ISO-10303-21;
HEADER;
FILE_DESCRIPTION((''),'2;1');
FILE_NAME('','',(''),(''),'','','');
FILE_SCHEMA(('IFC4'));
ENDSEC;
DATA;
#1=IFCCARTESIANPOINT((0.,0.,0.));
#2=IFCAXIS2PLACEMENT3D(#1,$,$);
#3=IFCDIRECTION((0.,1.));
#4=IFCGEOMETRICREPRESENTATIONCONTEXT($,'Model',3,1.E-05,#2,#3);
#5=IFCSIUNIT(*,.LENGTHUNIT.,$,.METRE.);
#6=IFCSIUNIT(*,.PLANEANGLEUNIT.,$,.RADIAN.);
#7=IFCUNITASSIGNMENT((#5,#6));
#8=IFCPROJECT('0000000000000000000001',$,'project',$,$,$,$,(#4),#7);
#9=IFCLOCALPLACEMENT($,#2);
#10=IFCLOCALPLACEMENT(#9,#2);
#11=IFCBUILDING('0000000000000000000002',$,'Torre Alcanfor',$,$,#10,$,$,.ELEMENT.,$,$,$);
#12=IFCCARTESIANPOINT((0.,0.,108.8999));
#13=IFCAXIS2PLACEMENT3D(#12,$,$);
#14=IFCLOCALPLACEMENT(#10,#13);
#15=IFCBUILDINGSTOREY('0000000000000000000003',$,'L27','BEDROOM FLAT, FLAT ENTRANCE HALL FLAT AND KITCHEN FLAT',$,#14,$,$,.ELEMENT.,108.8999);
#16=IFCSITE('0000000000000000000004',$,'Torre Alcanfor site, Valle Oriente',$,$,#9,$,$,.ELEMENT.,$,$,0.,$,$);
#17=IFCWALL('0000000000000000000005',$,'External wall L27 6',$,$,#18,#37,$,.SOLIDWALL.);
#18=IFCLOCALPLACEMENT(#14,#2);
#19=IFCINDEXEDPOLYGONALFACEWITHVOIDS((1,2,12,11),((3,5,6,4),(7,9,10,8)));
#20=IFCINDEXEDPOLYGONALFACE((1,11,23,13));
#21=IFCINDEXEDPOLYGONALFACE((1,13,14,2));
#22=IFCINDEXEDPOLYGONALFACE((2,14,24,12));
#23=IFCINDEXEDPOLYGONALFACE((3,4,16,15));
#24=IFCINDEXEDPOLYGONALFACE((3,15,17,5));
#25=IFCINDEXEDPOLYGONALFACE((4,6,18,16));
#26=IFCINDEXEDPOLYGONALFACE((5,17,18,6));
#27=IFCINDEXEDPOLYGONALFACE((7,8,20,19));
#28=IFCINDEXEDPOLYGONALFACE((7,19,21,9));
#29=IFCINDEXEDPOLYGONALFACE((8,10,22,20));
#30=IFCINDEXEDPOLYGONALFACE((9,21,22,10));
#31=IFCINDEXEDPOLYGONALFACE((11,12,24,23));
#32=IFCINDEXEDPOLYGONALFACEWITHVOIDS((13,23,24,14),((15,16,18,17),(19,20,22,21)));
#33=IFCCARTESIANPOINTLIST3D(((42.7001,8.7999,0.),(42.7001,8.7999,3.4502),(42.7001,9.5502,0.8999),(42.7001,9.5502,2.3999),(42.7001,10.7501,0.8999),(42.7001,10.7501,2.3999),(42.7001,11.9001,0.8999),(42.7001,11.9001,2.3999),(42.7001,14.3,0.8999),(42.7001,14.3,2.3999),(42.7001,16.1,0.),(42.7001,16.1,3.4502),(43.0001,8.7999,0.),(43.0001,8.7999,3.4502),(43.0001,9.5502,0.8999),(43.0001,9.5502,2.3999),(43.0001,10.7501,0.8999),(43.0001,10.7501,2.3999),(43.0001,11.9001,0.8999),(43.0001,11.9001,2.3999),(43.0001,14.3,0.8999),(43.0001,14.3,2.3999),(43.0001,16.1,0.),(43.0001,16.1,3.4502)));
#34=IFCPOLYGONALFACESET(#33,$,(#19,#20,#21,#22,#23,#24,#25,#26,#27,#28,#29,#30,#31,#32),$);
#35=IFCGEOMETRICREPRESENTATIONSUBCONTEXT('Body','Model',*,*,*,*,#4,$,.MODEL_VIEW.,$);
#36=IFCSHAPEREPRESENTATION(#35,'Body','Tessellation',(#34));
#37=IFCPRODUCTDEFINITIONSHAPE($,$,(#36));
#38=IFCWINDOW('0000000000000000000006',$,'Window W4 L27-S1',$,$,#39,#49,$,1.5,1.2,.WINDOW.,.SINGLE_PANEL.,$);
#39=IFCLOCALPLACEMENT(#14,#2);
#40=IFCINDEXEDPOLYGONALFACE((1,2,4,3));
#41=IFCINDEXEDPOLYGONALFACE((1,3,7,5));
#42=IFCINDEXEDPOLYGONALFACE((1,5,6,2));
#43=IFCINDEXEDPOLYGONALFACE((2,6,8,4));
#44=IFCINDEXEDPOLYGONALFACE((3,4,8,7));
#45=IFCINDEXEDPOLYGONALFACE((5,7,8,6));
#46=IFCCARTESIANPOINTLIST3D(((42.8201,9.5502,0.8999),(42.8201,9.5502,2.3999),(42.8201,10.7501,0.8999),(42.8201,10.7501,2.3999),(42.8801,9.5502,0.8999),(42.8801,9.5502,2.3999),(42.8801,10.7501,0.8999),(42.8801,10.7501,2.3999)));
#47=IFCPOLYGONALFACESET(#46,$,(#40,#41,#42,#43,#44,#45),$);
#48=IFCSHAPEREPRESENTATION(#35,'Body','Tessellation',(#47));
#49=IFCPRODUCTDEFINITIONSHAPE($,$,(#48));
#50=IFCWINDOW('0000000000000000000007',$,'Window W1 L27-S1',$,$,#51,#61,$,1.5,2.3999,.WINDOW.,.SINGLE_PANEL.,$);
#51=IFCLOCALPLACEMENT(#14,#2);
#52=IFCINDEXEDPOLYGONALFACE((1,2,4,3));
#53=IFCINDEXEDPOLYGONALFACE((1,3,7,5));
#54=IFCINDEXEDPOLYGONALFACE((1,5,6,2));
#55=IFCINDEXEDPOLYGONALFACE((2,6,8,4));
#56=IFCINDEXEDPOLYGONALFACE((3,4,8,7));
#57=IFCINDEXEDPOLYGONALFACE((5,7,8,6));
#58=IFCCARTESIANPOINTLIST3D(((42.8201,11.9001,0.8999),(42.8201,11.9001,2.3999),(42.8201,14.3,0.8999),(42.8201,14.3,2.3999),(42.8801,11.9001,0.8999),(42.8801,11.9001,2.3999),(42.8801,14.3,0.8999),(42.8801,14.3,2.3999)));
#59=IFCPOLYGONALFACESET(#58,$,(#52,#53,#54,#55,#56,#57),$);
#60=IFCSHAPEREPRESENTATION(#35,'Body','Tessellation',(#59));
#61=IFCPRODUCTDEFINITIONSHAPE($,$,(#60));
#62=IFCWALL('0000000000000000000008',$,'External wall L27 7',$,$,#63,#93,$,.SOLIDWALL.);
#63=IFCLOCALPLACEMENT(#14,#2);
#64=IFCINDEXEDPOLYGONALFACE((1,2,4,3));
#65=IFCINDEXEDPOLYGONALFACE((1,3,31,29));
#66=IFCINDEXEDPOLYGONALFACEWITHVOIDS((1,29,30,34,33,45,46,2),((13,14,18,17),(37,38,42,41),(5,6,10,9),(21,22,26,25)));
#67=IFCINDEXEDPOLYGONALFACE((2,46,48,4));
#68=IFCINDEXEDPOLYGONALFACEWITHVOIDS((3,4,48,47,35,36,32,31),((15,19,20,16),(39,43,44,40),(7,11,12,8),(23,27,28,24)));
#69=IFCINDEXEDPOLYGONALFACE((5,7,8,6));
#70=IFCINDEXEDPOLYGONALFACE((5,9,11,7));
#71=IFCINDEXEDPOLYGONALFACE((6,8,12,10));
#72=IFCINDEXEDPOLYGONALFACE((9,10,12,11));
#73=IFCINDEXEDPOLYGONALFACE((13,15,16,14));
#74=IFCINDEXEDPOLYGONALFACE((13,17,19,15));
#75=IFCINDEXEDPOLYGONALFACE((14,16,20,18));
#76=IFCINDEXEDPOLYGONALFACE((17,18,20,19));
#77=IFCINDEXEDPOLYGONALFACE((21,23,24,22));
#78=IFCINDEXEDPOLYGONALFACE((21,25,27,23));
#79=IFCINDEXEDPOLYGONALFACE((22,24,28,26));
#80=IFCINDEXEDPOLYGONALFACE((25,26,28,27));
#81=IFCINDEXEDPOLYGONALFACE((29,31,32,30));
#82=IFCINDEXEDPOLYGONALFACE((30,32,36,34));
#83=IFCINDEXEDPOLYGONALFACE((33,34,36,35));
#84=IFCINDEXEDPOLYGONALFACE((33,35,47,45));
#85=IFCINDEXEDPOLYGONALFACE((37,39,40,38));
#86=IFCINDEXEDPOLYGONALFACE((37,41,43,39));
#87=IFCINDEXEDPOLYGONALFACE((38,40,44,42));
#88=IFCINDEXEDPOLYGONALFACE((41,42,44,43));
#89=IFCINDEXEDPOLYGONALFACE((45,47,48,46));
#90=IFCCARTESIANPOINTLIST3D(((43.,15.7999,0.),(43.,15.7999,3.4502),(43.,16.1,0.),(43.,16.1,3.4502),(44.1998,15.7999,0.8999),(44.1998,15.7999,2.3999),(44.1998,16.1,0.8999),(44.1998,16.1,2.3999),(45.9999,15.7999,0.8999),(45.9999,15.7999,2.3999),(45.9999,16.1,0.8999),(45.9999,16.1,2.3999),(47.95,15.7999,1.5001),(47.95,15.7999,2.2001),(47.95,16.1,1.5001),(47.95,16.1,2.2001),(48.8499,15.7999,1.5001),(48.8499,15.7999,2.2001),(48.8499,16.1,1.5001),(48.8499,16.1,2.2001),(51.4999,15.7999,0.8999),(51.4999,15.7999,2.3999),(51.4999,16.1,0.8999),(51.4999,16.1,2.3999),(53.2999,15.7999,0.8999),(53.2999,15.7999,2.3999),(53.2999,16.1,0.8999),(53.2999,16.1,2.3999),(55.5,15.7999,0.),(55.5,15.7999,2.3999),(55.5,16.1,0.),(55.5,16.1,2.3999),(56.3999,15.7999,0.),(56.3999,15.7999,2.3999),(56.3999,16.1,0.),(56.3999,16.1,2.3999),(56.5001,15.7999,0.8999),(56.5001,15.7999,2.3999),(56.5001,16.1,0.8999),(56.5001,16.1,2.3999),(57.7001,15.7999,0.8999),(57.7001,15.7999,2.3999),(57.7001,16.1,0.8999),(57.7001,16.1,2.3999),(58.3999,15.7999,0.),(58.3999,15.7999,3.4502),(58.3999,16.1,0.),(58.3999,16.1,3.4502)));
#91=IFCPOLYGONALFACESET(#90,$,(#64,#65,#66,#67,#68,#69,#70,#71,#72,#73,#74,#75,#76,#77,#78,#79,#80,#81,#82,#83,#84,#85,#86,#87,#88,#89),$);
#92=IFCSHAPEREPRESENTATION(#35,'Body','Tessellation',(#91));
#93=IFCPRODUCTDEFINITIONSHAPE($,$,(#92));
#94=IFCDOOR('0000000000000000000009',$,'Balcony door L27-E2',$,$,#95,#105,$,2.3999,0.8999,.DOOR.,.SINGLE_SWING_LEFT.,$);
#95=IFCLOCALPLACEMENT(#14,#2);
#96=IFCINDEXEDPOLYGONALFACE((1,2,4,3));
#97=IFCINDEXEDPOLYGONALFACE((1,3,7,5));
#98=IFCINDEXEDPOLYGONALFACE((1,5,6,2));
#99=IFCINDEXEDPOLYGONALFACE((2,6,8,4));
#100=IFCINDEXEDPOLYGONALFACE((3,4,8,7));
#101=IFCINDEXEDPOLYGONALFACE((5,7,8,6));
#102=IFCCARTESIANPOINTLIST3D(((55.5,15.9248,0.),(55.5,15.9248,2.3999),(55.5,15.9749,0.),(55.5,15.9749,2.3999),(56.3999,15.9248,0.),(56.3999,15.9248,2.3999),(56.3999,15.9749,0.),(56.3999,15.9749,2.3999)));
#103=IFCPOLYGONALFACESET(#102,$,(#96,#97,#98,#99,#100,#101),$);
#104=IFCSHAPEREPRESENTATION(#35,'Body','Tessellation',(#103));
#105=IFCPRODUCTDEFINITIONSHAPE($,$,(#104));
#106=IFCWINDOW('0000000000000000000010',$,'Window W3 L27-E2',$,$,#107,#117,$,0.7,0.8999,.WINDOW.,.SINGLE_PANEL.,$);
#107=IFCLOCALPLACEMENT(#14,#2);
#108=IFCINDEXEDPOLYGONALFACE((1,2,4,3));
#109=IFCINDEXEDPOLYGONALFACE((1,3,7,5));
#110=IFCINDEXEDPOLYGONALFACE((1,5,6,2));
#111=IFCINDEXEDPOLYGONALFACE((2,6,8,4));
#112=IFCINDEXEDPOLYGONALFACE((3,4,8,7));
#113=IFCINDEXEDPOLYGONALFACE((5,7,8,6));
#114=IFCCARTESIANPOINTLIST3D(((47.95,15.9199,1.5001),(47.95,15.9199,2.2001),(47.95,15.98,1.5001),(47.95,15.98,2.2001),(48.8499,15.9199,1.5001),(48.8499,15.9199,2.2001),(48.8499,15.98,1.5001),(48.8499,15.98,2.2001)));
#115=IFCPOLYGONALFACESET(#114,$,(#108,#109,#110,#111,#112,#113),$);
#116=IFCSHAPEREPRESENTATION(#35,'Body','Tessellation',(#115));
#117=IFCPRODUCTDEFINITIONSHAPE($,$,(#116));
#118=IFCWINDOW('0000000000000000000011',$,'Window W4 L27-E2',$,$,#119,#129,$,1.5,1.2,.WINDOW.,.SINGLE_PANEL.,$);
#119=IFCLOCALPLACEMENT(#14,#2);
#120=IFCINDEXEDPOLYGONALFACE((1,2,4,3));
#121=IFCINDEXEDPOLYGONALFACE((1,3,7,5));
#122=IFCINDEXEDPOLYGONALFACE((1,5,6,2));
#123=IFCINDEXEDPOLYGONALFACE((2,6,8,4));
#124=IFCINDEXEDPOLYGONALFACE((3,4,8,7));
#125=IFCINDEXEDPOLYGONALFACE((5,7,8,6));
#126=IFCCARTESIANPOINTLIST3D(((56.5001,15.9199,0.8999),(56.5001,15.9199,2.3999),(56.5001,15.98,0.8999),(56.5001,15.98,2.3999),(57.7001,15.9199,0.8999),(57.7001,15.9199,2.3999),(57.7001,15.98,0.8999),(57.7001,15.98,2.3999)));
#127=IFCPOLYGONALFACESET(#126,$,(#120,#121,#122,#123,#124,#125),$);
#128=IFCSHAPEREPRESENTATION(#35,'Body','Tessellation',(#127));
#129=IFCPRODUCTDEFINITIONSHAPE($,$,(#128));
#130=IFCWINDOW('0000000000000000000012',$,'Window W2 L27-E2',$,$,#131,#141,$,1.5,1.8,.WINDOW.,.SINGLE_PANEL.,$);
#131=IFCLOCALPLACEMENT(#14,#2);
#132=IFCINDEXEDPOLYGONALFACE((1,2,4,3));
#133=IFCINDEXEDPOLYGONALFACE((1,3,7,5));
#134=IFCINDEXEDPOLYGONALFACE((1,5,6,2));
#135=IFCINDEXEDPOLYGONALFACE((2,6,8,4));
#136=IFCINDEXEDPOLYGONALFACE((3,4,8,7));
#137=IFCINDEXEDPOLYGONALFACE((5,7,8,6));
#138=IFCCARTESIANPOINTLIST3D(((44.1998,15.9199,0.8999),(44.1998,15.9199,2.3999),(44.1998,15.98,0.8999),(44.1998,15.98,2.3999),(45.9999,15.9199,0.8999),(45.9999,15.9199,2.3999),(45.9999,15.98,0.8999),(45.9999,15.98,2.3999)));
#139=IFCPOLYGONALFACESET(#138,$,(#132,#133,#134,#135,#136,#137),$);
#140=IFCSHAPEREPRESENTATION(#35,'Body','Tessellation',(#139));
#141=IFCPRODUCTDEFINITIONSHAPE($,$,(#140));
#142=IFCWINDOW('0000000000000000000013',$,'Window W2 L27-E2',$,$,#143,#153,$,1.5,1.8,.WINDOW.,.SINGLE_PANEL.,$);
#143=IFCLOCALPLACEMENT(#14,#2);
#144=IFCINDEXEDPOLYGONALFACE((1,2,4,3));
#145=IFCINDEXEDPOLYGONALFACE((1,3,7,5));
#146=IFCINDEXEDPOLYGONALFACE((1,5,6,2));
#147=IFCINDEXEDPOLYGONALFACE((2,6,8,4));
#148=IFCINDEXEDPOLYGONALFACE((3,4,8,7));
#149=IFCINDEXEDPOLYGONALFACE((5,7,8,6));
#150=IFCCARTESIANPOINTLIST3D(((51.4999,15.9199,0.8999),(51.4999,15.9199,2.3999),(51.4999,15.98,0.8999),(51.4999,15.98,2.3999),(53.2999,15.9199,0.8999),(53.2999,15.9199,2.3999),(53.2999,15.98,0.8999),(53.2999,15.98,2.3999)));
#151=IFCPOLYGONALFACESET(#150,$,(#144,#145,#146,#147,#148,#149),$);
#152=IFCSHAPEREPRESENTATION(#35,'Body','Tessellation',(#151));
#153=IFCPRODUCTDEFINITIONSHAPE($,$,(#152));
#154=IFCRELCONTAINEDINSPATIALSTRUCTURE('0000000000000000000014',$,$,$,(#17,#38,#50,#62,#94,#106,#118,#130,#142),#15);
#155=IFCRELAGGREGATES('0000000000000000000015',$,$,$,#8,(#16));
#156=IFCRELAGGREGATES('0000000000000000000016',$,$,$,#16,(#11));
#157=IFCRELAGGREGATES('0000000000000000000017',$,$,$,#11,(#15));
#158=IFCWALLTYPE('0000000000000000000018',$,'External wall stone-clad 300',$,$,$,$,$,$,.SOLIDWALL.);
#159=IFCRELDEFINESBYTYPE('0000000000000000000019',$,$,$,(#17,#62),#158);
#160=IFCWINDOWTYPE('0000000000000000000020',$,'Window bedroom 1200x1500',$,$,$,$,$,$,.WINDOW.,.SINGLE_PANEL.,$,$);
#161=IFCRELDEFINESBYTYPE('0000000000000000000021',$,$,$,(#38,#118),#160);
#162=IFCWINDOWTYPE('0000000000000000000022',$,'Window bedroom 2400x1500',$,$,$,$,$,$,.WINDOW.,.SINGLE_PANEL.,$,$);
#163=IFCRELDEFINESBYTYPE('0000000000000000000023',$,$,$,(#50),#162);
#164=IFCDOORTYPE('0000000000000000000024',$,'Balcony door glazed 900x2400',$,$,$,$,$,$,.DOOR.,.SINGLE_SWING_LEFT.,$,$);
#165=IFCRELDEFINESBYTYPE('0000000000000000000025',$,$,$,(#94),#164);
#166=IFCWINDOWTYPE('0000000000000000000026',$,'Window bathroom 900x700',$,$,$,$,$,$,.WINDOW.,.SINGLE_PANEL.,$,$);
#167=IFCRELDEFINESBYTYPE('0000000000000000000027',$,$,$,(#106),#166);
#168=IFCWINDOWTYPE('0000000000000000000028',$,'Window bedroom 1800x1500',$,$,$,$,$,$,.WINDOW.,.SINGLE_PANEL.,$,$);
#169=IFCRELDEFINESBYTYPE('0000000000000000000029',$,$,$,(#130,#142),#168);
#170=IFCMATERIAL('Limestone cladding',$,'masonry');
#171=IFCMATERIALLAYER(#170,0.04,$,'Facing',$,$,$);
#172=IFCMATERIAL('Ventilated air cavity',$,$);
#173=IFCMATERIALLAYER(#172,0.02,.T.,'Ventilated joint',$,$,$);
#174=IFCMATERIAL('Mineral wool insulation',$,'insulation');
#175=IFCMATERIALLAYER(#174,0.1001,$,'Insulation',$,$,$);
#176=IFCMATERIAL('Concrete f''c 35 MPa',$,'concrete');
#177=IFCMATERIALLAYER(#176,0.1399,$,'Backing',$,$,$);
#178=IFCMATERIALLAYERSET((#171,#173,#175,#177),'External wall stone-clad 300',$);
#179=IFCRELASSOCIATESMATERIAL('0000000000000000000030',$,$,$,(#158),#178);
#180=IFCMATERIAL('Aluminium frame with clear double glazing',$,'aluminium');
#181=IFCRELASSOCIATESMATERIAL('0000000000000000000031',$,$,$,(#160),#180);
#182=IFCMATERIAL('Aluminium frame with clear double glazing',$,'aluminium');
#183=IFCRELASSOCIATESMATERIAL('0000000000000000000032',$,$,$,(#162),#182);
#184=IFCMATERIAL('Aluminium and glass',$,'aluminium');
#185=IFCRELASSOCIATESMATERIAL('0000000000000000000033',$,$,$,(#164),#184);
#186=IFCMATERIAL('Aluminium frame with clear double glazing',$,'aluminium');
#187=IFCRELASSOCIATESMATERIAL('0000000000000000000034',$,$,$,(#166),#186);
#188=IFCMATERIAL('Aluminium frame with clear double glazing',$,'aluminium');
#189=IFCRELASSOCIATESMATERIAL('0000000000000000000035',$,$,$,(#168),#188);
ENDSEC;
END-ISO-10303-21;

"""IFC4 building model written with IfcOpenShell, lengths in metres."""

from ifc_helpers import new_model, si_unit, direction, frame, frame_2d, origin, place, context, subcontext, project, spatial, rectangle, extrude, material, layer, layer_set, type_object, element, fill, save


model = new_model("IFC4")

# Units and contexts
model_context = context("Model", 3, precision=1e-05, world=origin(), true_north=direction((0.0, 1.0)))
body_context = subcontext(model_context, "Body", "Model", "MODEL_VIEW")
ifc_project = project(units=[si_unit("LENGTHUNIT", "METRE"), si_unit("PLANEANGLEUNIT", "RADIAN")], contexts=[model_context])

# Site, building, storey
site_placement = place(None, origin())
site = spatial("IfcSite", under=ifc_project, at=site_placement, Name="Torre Alcanfor site, Valle Oriente", CompositionType="ELEMENT", RefElevation=0.0)
building_placement = place(site_placement, origin())
building = spatial("IfcBuilding", under=site, at=building_placement, Name="Torre Alcanfor", CompositionType="ELEMENT")
storey_placement = place(building_placement, frame((0.0, 0.0, 108.8999)))
storey = spatial("IfcBuildingStorey", under=building, at=storey_placement, Name="L27", Description="BEDROOM FLAT, FLAT ENTRANCE HALL FLAT AND KITCHEN FLAT", CompositionType="ELEMENT", Elevation=108.8999)

# Wall, openings, windows
ifc_material_1 = material(Name="Limestone cladding", Category="masonry")
ifc_layer_1 = layer(ifc_material_1, 0.04, Name="Facing")
ifc_material_2 = material(Name="Ventilated air cavity")
ifc_layer_2 = layer(ifc_material_2, 0.02, ventilated=True, Name="Ventilated joint")
ifc_material_3 = material(Name="Mineral wool insulation", Category="insulation")
ifc_layer_3 = layer(ifc_material_3, 0.1001, Name="Insulation")
ifc_material_4 = material(Name="Concrete f'c 35 MPa", Category="concrete")
ifc_layer_4 = layer(ifc_material_4, 0.1399, Name="Backing")
ifc_layer_set_1 = layer_set([ifc_layer_1, ifc_layer_2, ifc_layer_3, ifc_layer_4], Name="External wall stone-clad 300")
wall_type_1 = type_object("IfcWallType", Name="External wall stone-clad 300", PredefinedType="SOLIDWALL", material=ifc_layer_set_1)
wall_1_placement = place(storey_placement, frame((42.8501, 8.8, 0.0), z_axis=(0.0, 0.0, 1.0), x_axis=(0.0, 1.0, 0.0)))
wall_1 = element("IfcWall", 1, at=wall_1_placement, inside=storey, type_object=wall_type_1, Name="External wall L27 6", PredefinedType="SOLIDWALL", context=body_context, shape_type="SweptSolid", body=[
    extrude(rectangle(XDim=7.3, YDim=0.3, at=frame_2d((3.6499, 0.0))), origin(), (0.0, 0.0, 1.0), 3.4502),
])
opening_1_placement = place(wall_1_placement, frame((3.1001, 0.0, 0.8999)))
opening_1 = element("IfcOpeningElement", 2, at=opening_1_placement, cuts=wall_1, PredefinedType="OPENING", context=body_context, shape_type="SweptSolid", body=[
    extrude(rectangle(XDim=2.3999, YDim=1.5, at=frame_2d((1.2, 0.75))), frame((0.0, 0.1599, 0.0), z_axis=(0.0, -1.0, 0.0), x_axis=(1.0, 0.0, 0.0)), (0.0, 0.0, 1.0), 0.3201),
])
opening_2_placement = place(wall_1_placement, frame((0.75, 0.0, 0.8999)))
opening_2 = element("IfcOpeningElement", 3, at=opening_2_placement, cuts=wall_1, PredefinedType="OPENING", context=body_context, shape_type="SweptSolid", body=[
    extrude(rectangle(XDim=1.2, YDim=1.5, at=frame_2d((0.6001, 0.75))), frame((0.0, 0.1599, 0.0), z_axis=(0.0, -1.0, 0.0), x_axis=(1.0, 0.0, 0.0)), (0.0, 0.0, 1.0), 0.3201),
])
ifc_material_5 = material(Name="Aluminium frame with clear double glazing", Category="aluminium")
window_type_1 = type_object("IfcWindowType", Name="Window bedroom 1200x1500", PartitioningType="SINGLE_PANEL", PredefinedType="WINDOW", material=ifc_material_5)
window_1_placement = place(opening_2_placement, origin())
window_1 = element("IfcWindow", 4, at=window_1_placement, inside=storey, type_object=window_type_1, Name="Window W4 L27-S1", OverallHeight=1.5, OverallWidth=1.2, PartitioningType="SINGLE_PANEL", PredefinedType="WINDOW", context=body_context, shape_type="SweptSolid", body=[
    extrude(rectangle(XDim=1.2, YDim=1.5, at=frame_2d((0.6001, 0.75))), frame((0.0, 0.03, 0.0), z_axis=(0.0, -1.0, 0.0), x_axis=(1.0, 0.0, 0.0)), (0.0, 0.0, 1.0), 0.0601),
])
fill(opening_2, window_1)
ifc_material_6 = material(Name="Aluminium frame with clear double glazing", Category="aluminium")
window_type_2 = type_object("IfcWindowType", Name="Window bedroom 2400x1500", PartitioningType="SINGLE_PANEL", PredefinedType="WINDOW", material=ifc_material_6)
window_2_placement = place(opening_1_placement, origin())
window_2 = element("IfcWindow", 5, at=window_2_placement, inside=storey, type_object=window_type_2, Name="Window W1 L27-S1", OverallHeight=1.5, OverallWidth=2.3999, PartitioningType="SINGLE_PANEL", PredefinedType="WINDOW", context=body_context, shape_type="SweptSolid", body=[
    extrude(rectangle(XDim=2.3999, YDim=1.5, at=frame_2d((1.2, 0.75))), frame((0.0, 0.03, 0.0), z_axis=(0.0, -1.0, 0.0), x_axis=(1.0, 0.0, 0.0)), (0.0, 0.0, 1.0), 0.0601),
])
fill(opening_1, window_2)

# Wall, openings, door, windows
wall_2_placement = place(storey_placement, frame((43.0, 15.95, 0.0), z_axis=(0.0, 0.0, 1.0), x_axis=(1.0, 0.0, 0.0)))
wall_2 = element("IfcWall", 6, at=wall_2_placement, inside=storey, type_object=wall_type_1, Name="External wall L27 7", PredefinedType="SOLIDWALL", context=body_context, shape_type="SweptSolid", body=[
    extrude(rectangle(XDim=15.3999, YDim=0.3, at=frame_2d((7.7, 0.0))), origin(), (0.0, 0.0, 1.0), 3.4502),
])
opening_3_placement = place(wall_2_placement, frame((1.2, 0.0, 0.8999)))
opening_3 = element("IfcOpeningElement", 7, at=opening_3_placement, cuts=wall_2, PredefinedType="OPENING", context=body_context, shape_type="SweptSolid", body=[
    extrude(rectangle(XDim=1.8, YDim=1.5, at=frame_2d((0.8999, 0.75))), frame((0.0, 0.1599, 0.0), z_axis=(0.0, -1.0, 0.0), x_axis=(1.0, 0.0, 0.0)), (0.0, 0.0, 1.0), 0.3201),
])
opening_4_placement = place(wall_2_placement, frame((4.95, 0.0, 1.5)))
opening_4 = element("IfcOpeningElement", 8, at=opening_4_placement, cuts=wall_2, PredefinedType="OPENING", context=body_context, shape_type="SweptSolid", body=[
    extrude(rectangle(XDim=0.8999, YDim=0.7, at=frame_2d((0.45, 0.3501))), frame((0.0, 0.1599, 0.0), z_axis=(0.0, -1.0, 0.0), x_axis=(1.0, 0.0, 0.0)), (0.0, 0.0, 1.0), 0.3201),
])
opening_5_placement = place(wall_2_placement, frame((8.5, 0.0, 0.8999)))
opening_5 = element("IfcOpeningElement", 9, at=opening_5_placement, cuts=wall_2, PredefinedType="OPENING", context=body_context, shape_type="SweptSolid", body=[
    extrude(rectangle(XDim=1.8, YDim=1.5, at=frame_2d((0.8999, 0.75))), frame((0.0, 0.1599, 0.0), z_axis=(0.0, -1.0, 0.0), x_axis=(1.0, 0.0, 0.0)), (0.0, 0.0, 1.0), 0.3201),
])
opening_6_placement = place(wall_2_placement, frame((12.5, 0.0, 0.0)))
opening_6 = element("IfcOpeningElement", 10, at=opening_6_placement, cuts=wall_2, PredefinedType="OPENING", context=body_context, shape_type="SweptSolid", body=[
    extrude(rectangle(XDim=0.8999, YDim=2.3999, at=frame_2d((0.45, 1.2))), frame((0.0, 0.1599, 0.0), z_axis=(0.0, -1.0, 0.0), x_axis=(1.0, 0.0, 0.0)), (0.0, 0.0, 1.0), 0.3201),
])
opening_7_placement = place(wall_2_placement, frame((13.5, 0.0, 0.8999)))
opening_7 = element("IfcOpeningElement", 11, at=opening_7_placement, cuts=wall_2, PredefinedType="OPENING", context=body_context, shape_type="SweptSolid", body=[
    extrude(rectangle(XDim=1.2, YDim=1.5, at=frame_2d((0.6001, 0.75))), frame((0.0, 0.1599, 0.0), z_axis=(0.0, -1.0, 0.0), x_axis=(1.0, 0.0, 0.0)), (0.0, 0.0, 1.0), 0.3201),
])
ifc_material_7 = material(Name="Aluminium and glass", Category="aluminium")
door_type = type_object("IfcDoorType", Name="Balcony door glazed 900x2400", OperationType="SINGLE_SWING_LEFT", PredefinedType="DOOR", material=ifc_material_7)
door_placement = place(opening_6_placement, origin())
door = element("IfcDoor", 12, at=door_placement, inside=storey, type_object=door_type, Name="Balcony door L27-E2", OperationType="SINGLE_SWING_LEFT", OverallHeight=2.3999, OverallWidth=0.8999, PredefinedType="DOOR", context=body_context, shape_type="SweptSolid", body=[
    extrude(rectangle(XDim=0.8999, YDim=2.3999, at=frame_2d((0.45, 1.2))), frame((0.0, 0.0249, 0.0), z_axis=(0.0, -1.0, 0.0), x_axis=(1.0, 0.0, 0.0)), (0.0, 0.0, 1.0), 0.05),
])
fill(opening_6, door)
ifc_material_8 = material(Name="Aluminium frame with clear double glazing", Category="aluminium")
window_type_3 = type_object("IfcWindowType", Name="Window bathroom 900x700", PartitioningType="SINGLE_PANEL", PredefinedType="WINDOW", material=ifc_material_8)
window_3_placement = place(opening_4_placement, origin())
window_3 = element("IfcWindow", 13, at=window_3_placement, inside=storey, type_object=window_type_3, Name="Window W3 L27-E2", OverallHeight=0.7, OverallWidth=0.8999, PartitioningType="SINGLE_PANEL", PredefinedType="WINDOW", context=body_context, shape_type="SweptSolid", body=[
    extrude(rectangle(XDim=0.8999, YDim=0.7, at=frame_2d((0.45, 0.3501))), frame((0.0, 0.03, 0.0), z_axis=(0.0, -1.0, 0.0), x_axis=(1.0, 0.0, 0.0)), (0.0, 0.0, 1.0), 0.0601),
])
fill(opening_4, window_3)
window_4_placement = place(opening_7_placement, origin())
window_4 = element("IfcWindow", 14, at=window_4_placement, inside=storey, type_object=window_type_1, Name="Window W4 L27-E2", OverallHeight=1.5, OverallWidth=1.2, PartitioningType="SINGLE_PANEL", PredefinedType="WINDOW", context=body_context, shape_type="SweptSolid", body=[
    extrude(rectangle(XDim=1.2, YDim=1.5, at=frame_2d((0.6001, 0.75))), frame((0.0, 0.03, 0.0), z_axis=(0.0, -1.0, 0.0), x_axis=(1.0, 0.0, 0.0)), (0.0, 0.0, 1.0), 0.0601),
])
fill(opening_7, window_4)
ifc_material_9 = material(Name="Aluminium frame with clear double glazing", Category="aluminium")
window_type_4 = type_object("IfcWindowType", Name="Window bedroom 1800x1500", PartitioningType="SINGLE_PANEL", PredefinedType="WINDOW", material=ifc_material_9)
window_5_placement = place(opening_3_placement, origin())
window_5 = element("IfcWindow", 15, at=window_5_placement, inside=storey, type_object=window_type_4, Name="Window W2 L27-E2", OverallHeight=1.5, OverallWidth=1.8, PartitioningType="SINGLE_PANEL", PredefinedType="WINDOW", context=body_context, shape_type="SweptSolid", body=[
    extrude(rectangle(XDim=1.8, YDim=1.5, at=frame_2d((0.8999, 0.75))), frame((0.0, 0.03, 0.0), z_axis=(0.0, -1.0, 0.0), x_axis=(1.0, 0.0, 0.0)), (0.0, 0.0, 1.0), 0.0601),
])
fill(opening_3, window_5)
window_6_placement = place(opening_5_placement, origin())
window_6 = element("IfcWindow", 16, at=window_6_placement, inside=storey, type_object=window_type_4, Name="Window W2 L27-E2", OverallHeight=1.5, OverallWidth=1.8, PartitioningType="SINGLE_PANEL", PredefinedType="WINDOW", context=body_context, shape_type="SweptSolid", body=[
    extrude(rectangle(XDim=1.8, YDim=1.5, at=frame_2d((0.8999, 0.75))), frame((0.0, 0.03, 0.0), z_axis=(0.0, -1.0, 0.0), x_axis=(1.0, 0.0, 0.0)), (0.0, 0.0, 1.0), 0.0601),
])
fill(opening_5, window_6)

save(model, "model.ifc")
